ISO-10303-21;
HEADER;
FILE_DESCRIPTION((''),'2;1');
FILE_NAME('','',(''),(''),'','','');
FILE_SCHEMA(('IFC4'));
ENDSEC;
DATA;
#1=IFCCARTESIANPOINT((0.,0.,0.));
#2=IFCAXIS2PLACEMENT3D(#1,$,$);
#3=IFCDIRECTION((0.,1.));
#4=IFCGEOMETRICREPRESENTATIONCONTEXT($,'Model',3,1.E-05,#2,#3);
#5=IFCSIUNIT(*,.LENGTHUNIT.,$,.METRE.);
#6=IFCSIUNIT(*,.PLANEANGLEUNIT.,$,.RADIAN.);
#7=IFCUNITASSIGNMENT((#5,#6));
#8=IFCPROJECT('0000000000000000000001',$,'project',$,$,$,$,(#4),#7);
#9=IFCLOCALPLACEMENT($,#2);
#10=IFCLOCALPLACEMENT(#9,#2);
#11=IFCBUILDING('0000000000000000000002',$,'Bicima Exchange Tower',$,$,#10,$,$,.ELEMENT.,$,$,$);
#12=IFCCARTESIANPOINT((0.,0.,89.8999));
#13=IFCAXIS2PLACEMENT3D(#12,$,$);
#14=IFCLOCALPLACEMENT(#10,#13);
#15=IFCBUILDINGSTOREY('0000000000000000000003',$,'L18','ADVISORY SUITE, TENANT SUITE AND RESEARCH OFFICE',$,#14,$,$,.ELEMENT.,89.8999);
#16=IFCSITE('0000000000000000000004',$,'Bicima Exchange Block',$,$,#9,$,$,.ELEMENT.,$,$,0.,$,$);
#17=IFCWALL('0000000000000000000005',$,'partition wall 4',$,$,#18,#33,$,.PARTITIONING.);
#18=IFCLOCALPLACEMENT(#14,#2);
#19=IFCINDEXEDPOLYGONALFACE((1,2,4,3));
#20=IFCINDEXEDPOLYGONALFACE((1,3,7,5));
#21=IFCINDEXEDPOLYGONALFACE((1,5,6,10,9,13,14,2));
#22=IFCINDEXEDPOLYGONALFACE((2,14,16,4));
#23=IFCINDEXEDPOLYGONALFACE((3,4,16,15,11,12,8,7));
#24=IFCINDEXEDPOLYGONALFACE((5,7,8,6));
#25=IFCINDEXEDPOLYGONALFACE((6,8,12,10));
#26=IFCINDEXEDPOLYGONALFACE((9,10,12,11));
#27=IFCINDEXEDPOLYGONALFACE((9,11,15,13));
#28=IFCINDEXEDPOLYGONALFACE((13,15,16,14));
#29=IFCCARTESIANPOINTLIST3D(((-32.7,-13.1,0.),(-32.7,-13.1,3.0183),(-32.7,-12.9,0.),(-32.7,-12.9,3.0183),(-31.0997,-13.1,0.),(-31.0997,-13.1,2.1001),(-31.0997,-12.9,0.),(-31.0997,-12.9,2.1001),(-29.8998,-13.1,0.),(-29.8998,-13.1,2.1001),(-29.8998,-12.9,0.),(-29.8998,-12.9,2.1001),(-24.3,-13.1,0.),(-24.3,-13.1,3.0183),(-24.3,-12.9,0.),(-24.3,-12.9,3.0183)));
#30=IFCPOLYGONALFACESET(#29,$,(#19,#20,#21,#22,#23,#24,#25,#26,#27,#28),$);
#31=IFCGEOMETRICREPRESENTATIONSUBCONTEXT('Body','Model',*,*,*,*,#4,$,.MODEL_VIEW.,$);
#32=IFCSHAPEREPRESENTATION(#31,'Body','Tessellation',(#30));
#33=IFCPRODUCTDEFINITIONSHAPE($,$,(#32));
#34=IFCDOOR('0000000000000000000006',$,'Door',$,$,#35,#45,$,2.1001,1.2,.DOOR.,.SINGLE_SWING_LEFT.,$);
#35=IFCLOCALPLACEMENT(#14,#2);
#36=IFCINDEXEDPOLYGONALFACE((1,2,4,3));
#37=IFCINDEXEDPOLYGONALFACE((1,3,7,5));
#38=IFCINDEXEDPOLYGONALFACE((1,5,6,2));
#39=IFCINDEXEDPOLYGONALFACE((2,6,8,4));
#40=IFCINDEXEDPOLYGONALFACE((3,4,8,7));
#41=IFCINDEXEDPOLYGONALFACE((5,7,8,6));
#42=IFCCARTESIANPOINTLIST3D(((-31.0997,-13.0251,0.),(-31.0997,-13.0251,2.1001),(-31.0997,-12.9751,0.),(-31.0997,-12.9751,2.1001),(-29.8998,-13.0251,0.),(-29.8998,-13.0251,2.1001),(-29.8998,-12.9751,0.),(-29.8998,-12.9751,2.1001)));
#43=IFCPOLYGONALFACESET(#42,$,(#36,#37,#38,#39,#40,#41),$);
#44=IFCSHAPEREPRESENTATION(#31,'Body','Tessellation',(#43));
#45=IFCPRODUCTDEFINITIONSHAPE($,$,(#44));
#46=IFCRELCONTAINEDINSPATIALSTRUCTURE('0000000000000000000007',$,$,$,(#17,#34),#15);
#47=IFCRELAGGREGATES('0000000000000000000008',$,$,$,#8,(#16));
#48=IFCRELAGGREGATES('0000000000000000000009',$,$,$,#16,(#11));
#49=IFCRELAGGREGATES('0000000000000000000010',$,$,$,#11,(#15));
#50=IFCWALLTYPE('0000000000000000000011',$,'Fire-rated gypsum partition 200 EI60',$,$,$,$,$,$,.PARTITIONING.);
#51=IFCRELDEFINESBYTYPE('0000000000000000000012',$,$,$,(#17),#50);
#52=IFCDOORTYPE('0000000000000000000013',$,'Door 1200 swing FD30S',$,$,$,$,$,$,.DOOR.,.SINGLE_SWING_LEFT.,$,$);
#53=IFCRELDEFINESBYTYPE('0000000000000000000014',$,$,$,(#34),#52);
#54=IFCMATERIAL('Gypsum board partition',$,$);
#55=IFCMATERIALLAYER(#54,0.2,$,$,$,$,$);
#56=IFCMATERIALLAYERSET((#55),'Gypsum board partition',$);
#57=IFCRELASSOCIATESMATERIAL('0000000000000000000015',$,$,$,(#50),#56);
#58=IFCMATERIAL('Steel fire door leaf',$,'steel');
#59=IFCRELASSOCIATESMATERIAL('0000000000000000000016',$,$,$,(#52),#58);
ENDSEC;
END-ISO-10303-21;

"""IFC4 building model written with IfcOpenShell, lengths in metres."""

from ifc_helpers import new_model, si_unit, direction, frame, frame_2d, origin, place, context, subcontext, project, spatial, rectangle, extrude, material, layer, layer_set, type_object, element, fill, save


model = new_model("IFC4")

# Units and contexts
model_context = context("Model", 3, precision=1e-05, world=origin(), true_north=direction((0.0, 1.0)))
body_context = subcontext(model_context, "Body", "Model", "MODEL_VIEW")
ifc_project = project(units=[si_unit("LENGTHUNIT", "METRE"), si_unit("PLANEANGLEUNIT", "RADIAN")], contexts=[model_context])

# Site, building, storey
site_placement = place(None, origin())
site = spatial("IfcSite", under=ifc_project, at=site_placement, Name="Bicima Exchange Block", CompositionType="ELEMENT", RefElevation=0.0)
building_placement = place(site_placement, origin())
building = spatial("IfcBuilding", under=site, at=building_placement, Name="Bicima Exchange Tower", CompositionType="ELEMENT")
storey_placement = place(building_placement, frame((0.0, 0.0, 89.8999)))
storey = spatial("IfcBuildingStorey", under=building, at=storey_placement, Name="L18", Description="ADVISORY SUITE, TENANT SUITE AND RESEARCH OFFICE", CompositionType="ELEMENT", Elevation=89.8999)

# Shared definitions
ifc_material_1 = material(Name="Gypsum board partition")
ifc_layer_1 = layer(ifc_material_1, 0.2)
ifc_layer_set_1 = layer_set([ifc_layer_1], Name="Gypsum board partition")
wall_type = type_object("IfcWallType", Name="Fire-rated gypsum partition 200 EI60", PredefinedType="PARTITIONING", material=ifc_layer_set_1)
ifc_material_2 = material(Name="Steel fire door leaf", Category="steel")

# Wall, opening, door
wall_1_placement = place(storey_placement, frame((-32.7, -13.0, 0.0), z_axis=(0.0, 0.0, 1.0), x_axis=(1.0, 0.0, 0.0)))
wall_1 = element("IfcWall", 1, at=wall_1_placement, inside=storey, type_object=wall_type, Name="partition wall 4", PredefinedType="PARTITIONING", context=body_context, shape_type="SweptSolid", body=[
    extrude(rectangle(XDim=8.3999, YDim=0.2, at=frame_2d((4.2, 0.0))), origin(), (0.0, 0.0, 1.0), 3.0183),
])
opening_1_placement = place(wall_1_placement, frame((1.6001, 0.0, 0.0)))
opening_1 = element("IfcOpeningElement", 2, at=opening_1_placement, cuts=wall_1, PredefinedType="OPENING", context=body_context, shape_type="SweptSolid", body=[
    extrude(rectangle(XDim=1.2, YDim=2.1001, at=frame_2d((0.6001, 1.05))), frame((0.0, 0.1118, 0.0), z_axis=(0.0, -1.0, 0.0), x_axis=(1.0, 0.0, 0.0)), (0.0, 0.0, 1.0), 0.2239),
])
door_type_1 = type_object("IfcDoorType", Name="Door 1200 swing FD30S", OperationType="SINGLE_SWING_LEFT", PredefinedType="DOOR", material=ifc_material_2)
door_1_placement = place(opening_1_placement, origin())
door_1 = element("IfcDoor", 3, at=door_1_placement, inside=storey, type_object=door_type_1, Name="Door", OperationType="SINGLE_SWING_LEFT", OverallHeight=2.1001, OverallWidth=1.2, PredefinedType="DOOR", context=body_context, shape_type="SweptSolid", body=[
    extrude(rectangle(XDim=1.2, YDim=2.1001, at=frame_2d((0.6001, 1.05))), frame((0.0, 0.0249, 0.0), z_axis=(0.0, -1.0, 0.0), x_axis=(1.0, 0.0, 0.0)), (0.0, 0.0, 1.0), 0.05),
])
fill(opening_1, door_1)

save(model, "model.ifc")
